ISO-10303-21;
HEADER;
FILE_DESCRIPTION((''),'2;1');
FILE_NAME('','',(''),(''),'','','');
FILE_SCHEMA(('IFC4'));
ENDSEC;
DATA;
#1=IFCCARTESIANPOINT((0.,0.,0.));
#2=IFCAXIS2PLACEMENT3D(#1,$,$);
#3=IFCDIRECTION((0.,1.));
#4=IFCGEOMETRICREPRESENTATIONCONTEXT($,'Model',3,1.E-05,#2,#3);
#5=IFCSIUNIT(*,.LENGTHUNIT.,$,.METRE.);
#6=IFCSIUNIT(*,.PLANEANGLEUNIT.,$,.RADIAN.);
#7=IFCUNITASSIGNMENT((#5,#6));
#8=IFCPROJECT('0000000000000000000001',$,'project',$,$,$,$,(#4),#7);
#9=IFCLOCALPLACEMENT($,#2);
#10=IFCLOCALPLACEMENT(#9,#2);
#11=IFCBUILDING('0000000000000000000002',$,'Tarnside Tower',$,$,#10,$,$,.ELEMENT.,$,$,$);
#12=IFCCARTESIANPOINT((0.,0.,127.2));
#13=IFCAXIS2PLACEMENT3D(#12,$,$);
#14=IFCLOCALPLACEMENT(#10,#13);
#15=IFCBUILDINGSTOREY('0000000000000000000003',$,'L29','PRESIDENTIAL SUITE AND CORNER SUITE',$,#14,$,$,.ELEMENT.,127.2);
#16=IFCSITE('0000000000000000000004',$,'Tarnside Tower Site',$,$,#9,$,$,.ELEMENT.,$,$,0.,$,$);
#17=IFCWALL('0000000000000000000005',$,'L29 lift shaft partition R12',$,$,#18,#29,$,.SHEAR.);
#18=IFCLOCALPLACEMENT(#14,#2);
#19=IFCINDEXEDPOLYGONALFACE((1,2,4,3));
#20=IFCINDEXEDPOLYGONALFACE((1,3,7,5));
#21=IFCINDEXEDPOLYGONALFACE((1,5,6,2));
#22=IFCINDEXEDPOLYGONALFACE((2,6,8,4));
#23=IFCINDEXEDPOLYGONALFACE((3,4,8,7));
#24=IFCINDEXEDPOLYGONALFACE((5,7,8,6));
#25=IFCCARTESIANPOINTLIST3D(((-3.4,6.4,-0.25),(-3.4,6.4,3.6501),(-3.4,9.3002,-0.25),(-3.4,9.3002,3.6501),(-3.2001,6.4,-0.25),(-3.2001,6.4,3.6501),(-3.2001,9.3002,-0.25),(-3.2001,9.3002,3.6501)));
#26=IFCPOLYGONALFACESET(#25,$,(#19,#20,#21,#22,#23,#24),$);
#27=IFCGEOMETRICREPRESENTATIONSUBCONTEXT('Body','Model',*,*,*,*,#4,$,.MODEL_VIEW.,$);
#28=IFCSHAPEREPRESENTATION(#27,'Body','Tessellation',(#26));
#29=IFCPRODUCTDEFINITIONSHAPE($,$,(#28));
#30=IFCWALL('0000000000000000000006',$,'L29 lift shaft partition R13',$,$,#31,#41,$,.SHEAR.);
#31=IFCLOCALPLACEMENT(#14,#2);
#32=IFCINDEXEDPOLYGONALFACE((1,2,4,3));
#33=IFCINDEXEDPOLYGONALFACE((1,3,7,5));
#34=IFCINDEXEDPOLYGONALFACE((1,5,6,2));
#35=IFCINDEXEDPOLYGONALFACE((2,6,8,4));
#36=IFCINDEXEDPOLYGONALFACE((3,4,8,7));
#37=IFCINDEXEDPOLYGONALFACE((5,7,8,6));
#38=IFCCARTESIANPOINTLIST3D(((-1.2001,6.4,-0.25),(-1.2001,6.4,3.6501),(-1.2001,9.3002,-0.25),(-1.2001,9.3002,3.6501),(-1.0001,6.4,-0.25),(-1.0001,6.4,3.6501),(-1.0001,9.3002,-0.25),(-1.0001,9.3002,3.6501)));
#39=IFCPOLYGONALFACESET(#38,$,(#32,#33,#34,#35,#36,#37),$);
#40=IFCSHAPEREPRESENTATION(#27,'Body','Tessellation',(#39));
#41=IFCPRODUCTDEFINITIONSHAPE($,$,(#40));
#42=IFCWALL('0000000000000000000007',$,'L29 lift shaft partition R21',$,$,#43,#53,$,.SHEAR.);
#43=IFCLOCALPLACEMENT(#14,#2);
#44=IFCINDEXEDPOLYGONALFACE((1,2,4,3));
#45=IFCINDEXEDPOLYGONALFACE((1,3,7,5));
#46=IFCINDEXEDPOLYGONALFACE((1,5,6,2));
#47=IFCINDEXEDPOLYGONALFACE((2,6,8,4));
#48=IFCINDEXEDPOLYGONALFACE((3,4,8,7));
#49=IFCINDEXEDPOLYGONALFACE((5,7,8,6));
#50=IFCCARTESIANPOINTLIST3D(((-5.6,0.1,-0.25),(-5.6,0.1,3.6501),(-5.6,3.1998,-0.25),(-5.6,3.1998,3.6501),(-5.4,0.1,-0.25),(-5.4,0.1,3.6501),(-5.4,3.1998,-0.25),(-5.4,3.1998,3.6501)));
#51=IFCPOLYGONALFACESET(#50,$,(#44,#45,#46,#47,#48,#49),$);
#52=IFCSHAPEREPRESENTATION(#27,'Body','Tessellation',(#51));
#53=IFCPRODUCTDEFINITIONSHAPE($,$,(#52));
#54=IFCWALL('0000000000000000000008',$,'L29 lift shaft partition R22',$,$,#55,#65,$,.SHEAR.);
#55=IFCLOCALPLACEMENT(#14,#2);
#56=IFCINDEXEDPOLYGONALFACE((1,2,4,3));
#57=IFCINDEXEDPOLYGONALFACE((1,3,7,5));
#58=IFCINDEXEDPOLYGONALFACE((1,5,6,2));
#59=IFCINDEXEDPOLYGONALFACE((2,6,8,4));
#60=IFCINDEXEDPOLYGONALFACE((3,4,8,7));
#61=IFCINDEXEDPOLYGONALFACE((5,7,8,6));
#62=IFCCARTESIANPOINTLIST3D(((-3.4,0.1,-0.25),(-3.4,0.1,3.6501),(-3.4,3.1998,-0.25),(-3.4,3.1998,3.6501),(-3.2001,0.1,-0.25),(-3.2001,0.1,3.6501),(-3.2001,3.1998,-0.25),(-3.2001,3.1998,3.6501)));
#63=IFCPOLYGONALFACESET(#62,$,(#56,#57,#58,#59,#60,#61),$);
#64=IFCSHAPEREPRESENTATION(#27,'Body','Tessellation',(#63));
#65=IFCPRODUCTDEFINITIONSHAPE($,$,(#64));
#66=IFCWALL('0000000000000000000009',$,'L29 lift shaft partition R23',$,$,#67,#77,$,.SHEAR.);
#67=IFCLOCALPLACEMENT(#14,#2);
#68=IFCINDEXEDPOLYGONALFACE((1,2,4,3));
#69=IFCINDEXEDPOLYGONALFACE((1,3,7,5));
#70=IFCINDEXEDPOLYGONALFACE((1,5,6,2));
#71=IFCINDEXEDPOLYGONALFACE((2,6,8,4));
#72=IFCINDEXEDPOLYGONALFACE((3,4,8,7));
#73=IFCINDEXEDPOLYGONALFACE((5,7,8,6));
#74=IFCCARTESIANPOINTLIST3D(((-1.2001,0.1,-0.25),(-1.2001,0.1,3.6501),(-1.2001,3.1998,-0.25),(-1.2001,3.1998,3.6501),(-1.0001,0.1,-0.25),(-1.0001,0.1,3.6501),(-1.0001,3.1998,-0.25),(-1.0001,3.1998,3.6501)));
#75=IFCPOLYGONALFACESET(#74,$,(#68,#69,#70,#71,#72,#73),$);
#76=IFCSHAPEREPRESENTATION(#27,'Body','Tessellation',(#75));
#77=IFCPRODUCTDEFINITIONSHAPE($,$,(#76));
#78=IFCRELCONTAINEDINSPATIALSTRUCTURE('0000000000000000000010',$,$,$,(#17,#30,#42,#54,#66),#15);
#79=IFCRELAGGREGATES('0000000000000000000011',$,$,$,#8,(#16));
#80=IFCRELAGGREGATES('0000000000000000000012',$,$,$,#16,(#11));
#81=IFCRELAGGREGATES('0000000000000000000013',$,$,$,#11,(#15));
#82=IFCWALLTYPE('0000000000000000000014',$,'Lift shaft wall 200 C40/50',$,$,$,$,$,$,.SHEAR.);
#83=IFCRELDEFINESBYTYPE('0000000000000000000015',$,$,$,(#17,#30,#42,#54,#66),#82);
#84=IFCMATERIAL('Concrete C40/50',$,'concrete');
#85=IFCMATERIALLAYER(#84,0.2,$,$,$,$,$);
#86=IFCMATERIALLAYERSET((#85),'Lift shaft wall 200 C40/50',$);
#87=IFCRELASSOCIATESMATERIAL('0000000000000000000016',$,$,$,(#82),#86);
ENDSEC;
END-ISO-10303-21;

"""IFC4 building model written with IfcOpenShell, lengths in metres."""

from ifc_helpers import new_model, si_unit, direction, frame, frame_2d, origin, place, context, subcontext, project, spatial, rectangle, extrude, material, layer, layer_set, type_object, element, save


model = new_model("IFC4")

# Units and contexts
model_context = context("Model", 3, precision=1e-05, world=origin(), true_north=direction((0.0, 1.0)))
body_context = subcontext(model_context, "Body", "Model", "MODEL_VIEW")
ifc_project = project(units=[si_unit("LENGTHUNIT", "METRE"), si_unit("PLANEANGLEUNIT", "RADIAN")], contexts=[model_context])

# Site, building, storey
site_placement = place(None, origin())
site = spatial("IfcSite", under=ifc_project, at=site_placement, Name="Tarnside Tower Site", CompositionType="ELEMENT", RefElevation=0.0)
building_placement = place(site_placement, origin())
building = spatial("IfcBuilding", under=site, at=building_placement, Name="Tarnside Tower", CompositionType="ELEMENT")
storey_placement = place(building_placement, frame((0.0, 0.0, 127.2)))
storey = spatial("IfcBuildingStorey", under=building, at=storey_placement, Name="L29", Description="PRESIDENTIAL SUITE AND CORNER SUITE", CompositionType="ELEMENT", Elevation=127.2)

# Shared definitions
ifc_material_1 = material(Name="Concrete C40/50", Category="concrete")
ifc_layer_1 = layer(ifc_material_1, 0.2)
ifc_layer_set_1 = layer_set([ifc_layer_1], Name="Lift shaft wall 200 C40/50")
wall_type = type_object("IfcWallType", Name="Lift shaft wall 200 C40/50", PredefinedType="SHEAR", material=ifc_layer_set_1)

# Walls
for number, where, z_axis, x_axis, name in (
    (1, (-3.3, 6.3999, -0.25), (0.0, 0.0, 1.0), (0.0, 1.0, 0.0), "L29 lift shaft partition R12"),
    (2, (-1.1001, 6.3999, -0.25), (0.0, 0.0, 1.0), (0.0, 1.0, 0.0), "L29 lift shaft partition R13"),
):
    element("IfcWall", number, at=place(storey_placement, frame(where, z_axis=z_axis, x_axis=x_axis)), inside=storey, type_object=wall_type, Name=name, PredefinedType="SHEAR", context=body_context, shape_type="SweptSolid", body=[
        extrude(rectangle(XDim=2.9001, YDim=0.2, at=frame_2d((1.4502, 0.0))), origin(), (0.0, 0.0, 1.0), 3.9001),
    ])
for number, where, z_axis, x_axis, name in (
    (3, (-5.5, 0.1001, -0.25), (0.0, 0.0, 1.0), (0.0, 1.0, 0.0), "L29 lift shaft partition R21"),
    (4, (-3.3, 0.1001, -0.25), (0.0, 0.0, 1.0), (0.0, 1.0, 0.0), "L29 lift shaft partition R22"),
    (5, (-1.1001, 0.1001, -0.25), (0.0, 0.0, 1.0), (0.0, 1.0, 0.0), "L29 lift shaft partition R23"),
):
    element("IfcWall", number, at=place(storey_placement, frame(where, z_axis=z_axis, x_axis=x_axis)), inside=storey, type_object=wall_type, Name=name, PredefinedType="SHEAR", context=body_context, shape_type="SweptSolid", body=[
        extrude(rectangle(XDim=3.0999, YDim=0.2, at=frame_2d((1.5498, 0.0))), origin(), (0.0, 0.0, 1.0), 3.9001),
    ])

save(model, "model.ifc")
